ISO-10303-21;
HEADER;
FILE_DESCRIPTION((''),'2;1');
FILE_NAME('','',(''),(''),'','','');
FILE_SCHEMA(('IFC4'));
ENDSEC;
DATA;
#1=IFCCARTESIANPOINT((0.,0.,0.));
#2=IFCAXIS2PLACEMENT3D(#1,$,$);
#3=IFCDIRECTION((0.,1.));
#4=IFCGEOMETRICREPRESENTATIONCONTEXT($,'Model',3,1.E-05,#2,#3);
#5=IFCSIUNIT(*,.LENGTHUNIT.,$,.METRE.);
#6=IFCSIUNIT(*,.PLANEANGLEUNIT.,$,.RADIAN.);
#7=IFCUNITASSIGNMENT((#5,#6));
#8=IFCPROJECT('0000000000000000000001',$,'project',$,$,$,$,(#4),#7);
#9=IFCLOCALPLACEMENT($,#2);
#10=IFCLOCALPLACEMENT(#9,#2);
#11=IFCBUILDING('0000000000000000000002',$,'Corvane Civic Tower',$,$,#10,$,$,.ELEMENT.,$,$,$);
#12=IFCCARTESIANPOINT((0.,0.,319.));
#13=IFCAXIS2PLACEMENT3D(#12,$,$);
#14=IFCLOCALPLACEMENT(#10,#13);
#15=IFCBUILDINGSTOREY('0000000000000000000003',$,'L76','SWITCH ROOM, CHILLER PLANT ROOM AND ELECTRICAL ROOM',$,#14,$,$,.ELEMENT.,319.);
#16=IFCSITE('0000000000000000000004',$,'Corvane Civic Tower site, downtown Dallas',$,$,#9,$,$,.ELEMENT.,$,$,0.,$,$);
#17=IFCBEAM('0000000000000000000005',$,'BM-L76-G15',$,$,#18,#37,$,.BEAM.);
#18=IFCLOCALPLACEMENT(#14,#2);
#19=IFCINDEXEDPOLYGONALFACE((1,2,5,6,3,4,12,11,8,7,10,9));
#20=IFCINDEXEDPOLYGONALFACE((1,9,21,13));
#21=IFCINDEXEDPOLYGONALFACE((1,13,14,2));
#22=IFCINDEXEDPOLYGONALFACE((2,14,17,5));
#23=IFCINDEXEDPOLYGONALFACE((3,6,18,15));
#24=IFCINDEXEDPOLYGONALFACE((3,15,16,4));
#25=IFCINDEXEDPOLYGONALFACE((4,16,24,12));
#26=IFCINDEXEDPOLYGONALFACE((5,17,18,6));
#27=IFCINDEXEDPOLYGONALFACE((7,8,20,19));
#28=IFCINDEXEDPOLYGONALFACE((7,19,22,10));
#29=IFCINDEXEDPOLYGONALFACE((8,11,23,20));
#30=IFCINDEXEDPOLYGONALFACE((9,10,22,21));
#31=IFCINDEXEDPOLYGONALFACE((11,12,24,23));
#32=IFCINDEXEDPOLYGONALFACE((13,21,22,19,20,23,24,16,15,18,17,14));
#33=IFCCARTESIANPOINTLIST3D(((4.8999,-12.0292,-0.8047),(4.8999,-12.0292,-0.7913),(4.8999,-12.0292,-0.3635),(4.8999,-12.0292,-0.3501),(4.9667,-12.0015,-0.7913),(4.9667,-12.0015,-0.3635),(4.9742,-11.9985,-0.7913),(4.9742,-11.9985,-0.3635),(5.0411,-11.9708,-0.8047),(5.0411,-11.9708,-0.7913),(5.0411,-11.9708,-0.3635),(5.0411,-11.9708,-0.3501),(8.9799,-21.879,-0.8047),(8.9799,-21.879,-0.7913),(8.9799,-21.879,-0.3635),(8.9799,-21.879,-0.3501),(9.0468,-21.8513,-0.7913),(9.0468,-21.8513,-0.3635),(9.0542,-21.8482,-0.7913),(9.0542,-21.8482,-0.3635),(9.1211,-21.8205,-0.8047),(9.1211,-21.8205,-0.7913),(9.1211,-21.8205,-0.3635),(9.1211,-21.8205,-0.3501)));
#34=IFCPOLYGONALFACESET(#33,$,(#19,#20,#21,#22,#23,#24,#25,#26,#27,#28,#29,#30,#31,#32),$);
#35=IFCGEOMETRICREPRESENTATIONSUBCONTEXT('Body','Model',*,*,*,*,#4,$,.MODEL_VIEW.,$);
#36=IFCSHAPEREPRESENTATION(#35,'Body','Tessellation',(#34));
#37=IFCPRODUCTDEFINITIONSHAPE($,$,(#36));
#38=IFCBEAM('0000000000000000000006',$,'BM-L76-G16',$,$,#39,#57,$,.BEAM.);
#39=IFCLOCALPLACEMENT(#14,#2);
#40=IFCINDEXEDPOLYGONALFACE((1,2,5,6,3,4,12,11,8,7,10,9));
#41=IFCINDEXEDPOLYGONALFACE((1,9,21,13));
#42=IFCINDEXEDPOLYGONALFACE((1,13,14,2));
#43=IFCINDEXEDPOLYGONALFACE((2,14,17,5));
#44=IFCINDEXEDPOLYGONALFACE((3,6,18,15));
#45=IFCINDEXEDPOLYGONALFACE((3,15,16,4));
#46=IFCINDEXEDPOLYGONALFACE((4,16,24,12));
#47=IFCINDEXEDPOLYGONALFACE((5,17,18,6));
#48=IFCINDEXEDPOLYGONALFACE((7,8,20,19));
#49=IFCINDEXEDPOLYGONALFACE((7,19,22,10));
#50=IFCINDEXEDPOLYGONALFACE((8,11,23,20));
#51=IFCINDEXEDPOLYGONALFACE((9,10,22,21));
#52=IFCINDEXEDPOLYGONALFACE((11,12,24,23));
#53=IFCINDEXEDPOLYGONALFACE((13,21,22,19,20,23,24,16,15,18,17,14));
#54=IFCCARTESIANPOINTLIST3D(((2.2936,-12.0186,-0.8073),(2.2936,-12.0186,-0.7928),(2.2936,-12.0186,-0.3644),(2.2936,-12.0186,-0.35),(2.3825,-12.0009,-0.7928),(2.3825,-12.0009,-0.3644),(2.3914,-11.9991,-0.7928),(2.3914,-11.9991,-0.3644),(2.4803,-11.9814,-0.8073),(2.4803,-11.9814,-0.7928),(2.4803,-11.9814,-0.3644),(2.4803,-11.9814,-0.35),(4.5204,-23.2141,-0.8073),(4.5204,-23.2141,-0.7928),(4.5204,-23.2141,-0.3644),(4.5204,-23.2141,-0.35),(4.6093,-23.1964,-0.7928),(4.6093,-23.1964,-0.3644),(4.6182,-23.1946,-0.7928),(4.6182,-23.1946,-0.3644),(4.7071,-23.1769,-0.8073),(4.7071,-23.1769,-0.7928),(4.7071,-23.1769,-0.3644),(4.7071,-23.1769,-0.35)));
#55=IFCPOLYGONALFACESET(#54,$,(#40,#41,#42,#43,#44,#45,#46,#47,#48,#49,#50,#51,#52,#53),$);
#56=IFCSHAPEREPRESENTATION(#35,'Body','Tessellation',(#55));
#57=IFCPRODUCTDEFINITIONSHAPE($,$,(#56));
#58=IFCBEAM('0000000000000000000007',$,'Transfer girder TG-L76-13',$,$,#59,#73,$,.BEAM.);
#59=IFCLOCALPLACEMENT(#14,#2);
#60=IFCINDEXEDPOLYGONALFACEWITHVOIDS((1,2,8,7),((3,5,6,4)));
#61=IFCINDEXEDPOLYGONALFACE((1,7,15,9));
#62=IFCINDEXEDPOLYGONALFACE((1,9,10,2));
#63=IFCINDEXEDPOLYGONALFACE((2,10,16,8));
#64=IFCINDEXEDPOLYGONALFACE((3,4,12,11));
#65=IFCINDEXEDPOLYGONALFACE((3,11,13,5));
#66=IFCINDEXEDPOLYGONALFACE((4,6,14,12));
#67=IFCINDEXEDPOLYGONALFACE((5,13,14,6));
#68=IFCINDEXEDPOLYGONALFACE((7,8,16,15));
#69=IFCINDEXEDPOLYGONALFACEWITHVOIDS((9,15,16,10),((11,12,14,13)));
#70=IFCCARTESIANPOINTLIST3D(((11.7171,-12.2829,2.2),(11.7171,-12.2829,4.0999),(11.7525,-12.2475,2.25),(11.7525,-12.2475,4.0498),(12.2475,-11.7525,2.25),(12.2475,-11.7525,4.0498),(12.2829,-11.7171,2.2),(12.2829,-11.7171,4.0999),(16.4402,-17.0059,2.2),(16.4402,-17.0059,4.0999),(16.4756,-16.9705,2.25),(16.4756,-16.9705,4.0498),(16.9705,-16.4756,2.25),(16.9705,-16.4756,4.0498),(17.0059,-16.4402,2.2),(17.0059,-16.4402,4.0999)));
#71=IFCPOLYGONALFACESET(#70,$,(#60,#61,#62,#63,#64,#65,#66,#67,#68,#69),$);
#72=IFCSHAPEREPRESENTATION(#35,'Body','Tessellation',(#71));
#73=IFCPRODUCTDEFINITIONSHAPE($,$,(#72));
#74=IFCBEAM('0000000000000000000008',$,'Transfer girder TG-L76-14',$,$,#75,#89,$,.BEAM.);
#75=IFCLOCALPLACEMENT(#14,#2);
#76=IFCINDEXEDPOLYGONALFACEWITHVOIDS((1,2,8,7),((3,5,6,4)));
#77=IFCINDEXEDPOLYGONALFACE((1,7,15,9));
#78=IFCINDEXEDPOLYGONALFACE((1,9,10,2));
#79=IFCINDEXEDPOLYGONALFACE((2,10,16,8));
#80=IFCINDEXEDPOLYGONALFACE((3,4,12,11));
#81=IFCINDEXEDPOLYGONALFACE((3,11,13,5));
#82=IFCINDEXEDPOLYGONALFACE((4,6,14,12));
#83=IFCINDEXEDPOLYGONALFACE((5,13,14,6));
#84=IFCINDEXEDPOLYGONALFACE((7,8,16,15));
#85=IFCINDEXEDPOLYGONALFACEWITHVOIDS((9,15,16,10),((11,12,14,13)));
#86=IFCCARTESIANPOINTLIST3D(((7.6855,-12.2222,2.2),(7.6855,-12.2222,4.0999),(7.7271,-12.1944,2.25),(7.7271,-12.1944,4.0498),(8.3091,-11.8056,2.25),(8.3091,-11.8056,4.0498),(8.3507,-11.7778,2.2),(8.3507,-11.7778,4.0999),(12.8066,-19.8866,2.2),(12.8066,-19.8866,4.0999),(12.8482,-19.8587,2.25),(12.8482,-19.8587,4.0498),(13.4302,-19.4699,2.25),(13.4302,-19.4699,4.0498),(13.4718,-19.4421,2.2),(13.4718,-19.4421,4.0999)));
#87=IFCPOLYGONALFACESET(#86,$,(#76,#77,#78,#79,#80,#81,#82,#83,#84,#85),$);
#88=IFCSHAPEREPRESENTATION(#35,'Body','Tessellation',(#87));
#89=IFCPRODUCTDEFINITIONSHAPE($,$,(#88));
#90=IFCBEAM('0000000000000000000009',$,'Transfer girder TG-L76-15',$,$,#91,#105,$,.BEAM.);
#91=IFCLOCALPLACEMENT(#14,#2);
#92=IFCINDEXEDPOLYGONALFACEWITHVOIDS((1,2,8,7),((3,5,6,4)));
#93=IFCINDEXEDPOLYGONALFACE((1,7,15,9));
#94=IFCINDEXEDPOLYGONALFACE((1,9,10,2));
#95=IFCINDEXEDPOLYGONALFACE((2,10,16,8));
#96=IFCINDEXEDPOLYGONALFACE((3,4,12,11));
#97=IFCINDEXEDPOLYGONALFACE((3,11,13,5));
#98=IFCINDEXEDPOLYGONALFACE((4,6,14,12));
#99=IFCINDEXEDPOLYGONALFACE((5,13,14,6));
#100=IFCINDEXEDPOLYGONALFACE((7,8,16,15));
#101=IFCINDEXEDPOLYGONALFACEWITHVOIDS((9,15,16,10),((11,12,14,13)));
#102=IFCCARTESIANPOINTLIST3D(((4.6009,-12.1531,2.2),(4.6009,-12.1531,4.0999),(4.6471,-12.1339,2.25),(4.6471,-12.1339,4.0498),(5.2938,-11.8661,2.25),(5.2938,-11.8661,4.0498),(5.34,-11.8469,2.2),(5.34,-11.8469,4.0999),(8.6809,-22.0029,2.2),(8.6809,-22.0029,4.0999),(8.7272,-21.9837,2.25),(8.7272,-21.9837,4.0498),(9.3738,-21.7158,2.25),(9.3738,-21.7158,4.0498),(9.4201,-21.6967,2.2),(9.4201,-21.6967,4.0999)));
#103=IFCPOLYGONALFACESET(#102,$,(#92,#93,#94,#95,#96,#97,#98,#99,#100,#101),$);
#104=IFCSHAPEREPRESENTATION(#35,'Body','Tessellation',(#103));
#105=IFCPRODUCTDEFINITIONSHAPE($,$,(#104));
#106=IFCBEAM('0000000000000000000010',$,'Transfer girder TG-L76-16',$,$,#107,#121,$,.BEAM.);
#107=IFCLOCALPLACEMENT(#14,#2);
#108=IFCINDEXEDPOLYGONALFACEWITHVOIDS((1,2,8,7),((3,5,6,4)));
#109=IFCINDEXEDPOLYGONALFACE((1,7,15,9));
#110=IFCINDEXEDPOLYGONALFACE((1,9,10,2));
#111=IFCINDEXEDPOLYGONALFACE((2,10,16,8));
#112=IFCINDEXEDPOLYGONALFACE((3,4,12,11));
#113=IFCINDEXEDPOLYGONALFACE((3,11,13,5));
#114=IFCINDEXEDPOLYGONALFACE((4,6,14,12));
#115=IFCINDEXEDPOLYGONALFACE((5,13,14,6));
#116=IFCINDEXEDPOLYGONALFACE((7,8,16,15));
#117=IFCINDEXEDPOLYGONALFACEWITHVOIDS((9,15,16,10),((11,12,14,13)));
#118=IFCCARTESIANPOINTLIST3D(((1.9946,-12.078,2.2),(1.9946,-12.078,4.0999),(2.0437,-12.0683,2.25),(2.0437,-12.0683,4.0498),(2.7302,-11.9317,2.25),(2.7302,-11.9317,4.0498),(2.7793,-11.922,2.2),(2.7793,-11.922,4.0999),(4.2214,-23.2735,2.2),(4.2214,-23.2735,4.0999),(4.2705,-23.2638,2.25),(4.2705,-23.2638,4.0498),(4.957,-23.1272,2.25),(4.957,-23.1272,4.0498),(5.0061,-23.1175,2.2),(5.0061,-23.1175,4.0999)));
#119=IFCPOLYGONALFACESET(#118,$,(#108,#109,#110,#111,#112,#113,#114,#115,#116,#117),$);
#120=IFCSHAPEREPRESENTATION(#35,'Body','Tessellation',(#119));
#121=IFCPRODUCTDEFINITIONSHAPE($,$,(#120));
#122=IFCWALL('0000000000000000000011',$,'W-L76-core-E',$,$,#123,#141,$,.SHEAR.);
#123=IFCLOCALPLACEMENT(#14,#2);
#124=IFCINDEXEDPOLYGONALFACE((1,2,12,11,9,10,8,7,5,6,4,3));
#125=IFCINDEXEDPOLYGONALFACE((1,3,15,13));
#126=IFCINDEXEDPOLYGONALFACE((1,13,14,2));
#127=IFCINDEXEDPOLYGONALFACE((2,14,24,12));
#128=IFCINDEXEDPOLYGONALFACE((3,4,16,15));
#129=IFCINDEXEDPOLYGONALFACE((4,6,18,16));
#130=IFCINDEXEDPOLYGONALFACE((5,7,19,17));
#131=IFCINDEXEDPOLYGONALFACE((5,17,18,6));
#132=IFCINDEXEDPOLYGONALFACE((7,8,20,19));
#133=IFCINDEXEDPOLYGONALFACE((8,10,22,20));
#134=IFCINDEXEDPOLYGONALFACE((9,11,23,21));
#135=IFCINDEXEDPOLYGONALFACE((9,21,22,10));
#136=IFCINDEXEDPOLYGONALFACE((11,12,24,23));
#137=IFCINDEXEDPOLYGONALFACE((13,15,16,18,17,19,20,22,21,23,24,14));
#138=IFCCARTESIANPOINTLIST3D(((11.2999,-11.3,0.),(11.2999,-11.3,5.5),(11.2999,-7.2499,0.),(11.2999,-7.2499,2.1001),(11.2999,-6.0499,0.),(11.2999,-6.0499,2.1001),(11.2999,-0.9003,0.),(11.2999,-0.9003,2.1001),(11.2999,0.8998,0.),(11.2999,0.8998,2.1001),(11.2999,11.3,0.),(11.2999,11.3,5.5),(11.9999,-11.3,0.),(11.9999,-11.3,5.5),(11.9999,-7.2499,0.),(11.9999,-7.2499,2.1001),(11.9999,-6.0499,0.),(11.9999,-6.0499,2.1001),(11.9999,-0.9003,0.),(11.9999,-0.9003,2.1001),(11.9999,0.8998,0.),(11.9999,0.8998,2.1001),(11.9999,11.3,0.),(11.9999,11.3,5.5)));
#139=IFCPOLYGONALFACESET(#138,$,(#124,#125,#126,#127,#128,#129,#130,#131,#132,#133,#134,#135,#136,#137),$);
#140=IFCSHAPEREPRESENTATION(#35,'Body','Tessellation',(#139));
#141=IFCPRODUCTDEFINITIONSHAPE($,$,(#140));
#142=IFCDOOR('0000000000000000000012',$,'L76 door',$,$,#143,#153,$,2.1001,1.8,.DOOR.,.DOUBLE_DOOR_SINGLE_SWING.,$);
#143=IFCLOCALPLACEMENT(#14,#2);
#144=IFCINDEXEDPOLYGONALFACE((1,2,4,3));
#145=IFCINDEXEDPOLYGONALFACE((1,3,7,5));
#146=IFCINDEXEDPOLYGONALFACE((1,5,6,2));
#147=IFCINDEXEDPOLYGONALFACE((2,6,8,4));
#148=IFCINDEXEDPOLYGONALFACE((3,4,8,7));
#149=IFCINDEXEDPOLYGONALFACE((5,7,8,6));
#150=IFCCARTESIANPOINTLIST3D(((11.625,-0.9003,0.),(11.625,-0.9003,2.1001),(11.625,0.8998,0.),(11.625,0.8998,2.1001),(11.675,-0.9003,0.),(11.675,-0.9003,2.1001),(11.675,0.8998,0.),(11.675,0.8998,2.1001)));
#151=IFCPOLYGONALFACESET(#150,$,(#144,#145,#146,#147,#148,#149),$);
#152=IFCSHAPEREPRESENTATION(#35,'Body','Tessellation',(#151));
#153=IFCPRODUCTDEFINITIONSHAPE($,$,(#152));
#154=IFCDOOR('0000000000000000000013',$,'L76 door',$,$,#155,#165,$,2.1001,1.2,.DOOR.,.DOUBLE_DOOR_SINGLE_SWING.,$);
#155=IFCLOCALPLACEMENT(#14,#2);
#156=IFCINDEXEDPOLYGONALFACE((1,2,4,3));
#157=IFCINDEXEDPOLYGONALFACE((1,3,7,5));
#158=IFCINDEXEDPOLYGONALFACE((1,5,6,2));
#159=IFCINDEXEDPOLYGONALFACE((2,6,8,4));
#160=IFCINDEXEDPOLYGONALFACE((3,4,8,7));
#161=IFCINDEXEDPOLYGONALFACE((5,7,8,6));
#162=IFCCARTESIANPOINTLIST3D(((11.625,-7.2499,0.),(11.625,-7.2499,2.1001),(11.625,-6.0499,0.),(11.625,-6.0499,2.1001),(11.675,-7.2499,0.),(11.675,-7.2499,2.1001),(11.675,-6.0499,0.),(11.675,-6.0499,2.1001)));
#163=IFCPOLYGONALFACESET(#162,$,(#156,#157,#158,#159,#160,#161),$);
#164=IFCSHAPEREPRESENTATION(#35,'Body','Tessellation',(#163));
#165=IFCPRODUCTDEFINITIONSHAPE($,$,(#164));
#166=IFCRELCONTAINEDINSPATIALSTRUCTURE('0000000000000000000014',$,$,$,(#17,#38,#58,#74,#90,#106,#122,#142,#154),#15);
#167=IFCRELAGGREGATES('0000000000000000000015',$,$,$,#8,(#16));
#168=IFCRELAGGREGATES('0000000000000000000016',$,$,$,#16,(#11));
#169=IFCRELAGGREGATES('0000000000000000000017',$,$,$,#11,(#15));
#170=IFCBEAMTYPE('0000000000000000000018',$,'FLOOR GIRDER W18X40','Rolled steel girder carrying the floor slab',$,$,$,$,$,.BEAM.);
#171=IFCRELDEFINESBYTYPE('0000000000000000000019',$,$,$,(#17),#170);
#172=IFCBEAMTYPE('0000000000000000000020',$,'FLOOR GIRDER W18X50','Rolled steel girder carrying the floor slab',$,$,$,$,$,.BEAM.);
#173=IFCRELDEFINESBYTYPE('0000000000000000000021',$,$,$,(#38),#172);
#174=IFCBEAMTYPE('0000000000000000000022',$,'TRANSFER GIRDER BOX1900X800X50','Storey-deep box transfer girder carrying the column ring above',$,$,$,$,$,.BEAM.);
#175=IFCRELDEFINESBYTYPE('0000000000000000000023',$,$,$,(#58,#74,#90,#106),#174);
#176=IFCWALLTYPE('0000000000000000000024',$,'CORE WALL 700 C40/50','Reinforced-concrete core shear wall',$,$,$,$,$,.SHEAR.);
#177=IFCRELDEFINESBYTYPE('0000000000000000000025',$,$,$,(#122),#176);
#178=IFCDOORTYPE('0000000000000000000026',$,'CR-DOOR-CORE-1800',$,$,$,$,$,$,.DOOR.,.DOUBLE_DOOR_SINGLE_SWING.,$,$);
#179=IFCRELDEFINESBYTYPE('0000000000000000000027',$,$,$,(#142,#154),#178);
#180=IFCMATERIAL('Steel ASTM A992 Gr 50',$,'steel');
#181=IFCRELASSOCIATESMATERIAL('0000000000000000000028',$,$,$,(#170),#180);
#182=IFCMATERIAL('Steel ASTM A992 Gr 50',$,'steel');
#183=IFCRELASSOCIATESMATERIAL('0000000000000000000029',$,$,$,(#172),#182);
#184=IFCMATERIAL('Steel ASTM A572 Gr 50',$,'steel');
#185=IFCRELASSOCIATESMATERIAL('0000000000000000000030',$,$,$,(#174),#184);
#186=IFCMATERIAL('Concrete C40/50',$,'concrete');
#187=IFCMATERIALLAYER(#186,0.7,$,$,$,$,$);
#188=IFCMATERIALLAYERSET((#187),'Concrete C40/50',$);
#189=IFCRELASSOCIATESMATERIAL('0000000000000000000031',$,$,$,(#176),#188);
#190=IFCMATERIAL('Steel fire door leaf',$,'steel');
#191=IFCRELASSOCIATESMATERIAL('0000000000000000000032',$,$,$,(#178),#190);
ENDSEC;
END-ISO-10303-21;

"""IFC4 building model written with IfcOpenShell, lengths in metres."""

from ifc_helpers import new_model, si_unit, direction, frame, frame_2d, origin, origin_2d, place, context, subcontext, project, spatial, rectangle, hollow_rectangle, i_section, extrude, material, layer, layer_set, material_profile, profile_set, type_object, element, fill, save


model = new_model("IFC4")

# Units and contexts
model_context = context("Model", 3, precision=1e-05, world=origin(), true_north=direction((0.0, 1.0)))
body_context = subcontext(model_context, "Body", "Model", "MODEL_VIEW")
ifc_project = project(units=[si_unit("LENGTHUNIT", "METRE"), si_unit("PLANEANGLEUNIT", "RADIAN")], contexts=[model_context])

# Site, building, storey
site_placement = place(None, origin())
site = spatial("IfcSite", under=ifc_project, at=site_placement, Name="Corvane Civic Tower site, downtown Dallas", CompositionType="ELEMENT", RefElevation=0.0)
building_placement = place(site_placement, origin())
building = spatial("IfcBuilding", under=site, at=building_placement, Name="Corvane Civic Tower", CompositionType="ELEMENT")
storey_placement = place(building_placement, frame((0.0, 0.0, 319.0)))
storey = spatial("IfcBuildingStorey", under=building, at=storey_placement, Name="L76", Description="SWITCH ROOM, CHILLER PLANT ROOM AND ELECTRICAL ROOM", CompositionType="ELEMENT", Elevation=319.0)

# Beams
ifc_material_1 = material(Name="Steel ASTM A992 Gr 50", Category="steel")
ifc_material_profile_1 = material_profile(ifc_material_1, i_section(OverallWidth=0.1528, OverallDepth=0.4546, WebThickness=0.0081, FlangeThickness=0.0134, at=origin_2d()), Name="W18X40")
ifc_profile_set_1 = profile_set([ifc_material_profile_1], Name="Steel ASTM A992 Gr 50")
beam_type_1 = type_object("IfcBeamType", Name="FLOOR GIRDER W18X40", Description="Rolled steel girder carrying the floor slab", PredefinedType="BEAM", material=ifc_profile_set_1)
beam_1_placement = place(storey_placement, frame((4.9705, -12.0, -0.5774), z_axis=(0.382694, -0.923875, 0.0), x_axis=(0.923875, 0.382694, 0.0)))
element("IfcBeam", 1, at=beam_1_placement, inside=storey, type_object=beam_type_1, Name="BM-L76-G15", PredefinedType="BEAM", context=body_context, shape_type="SweptSolid", body=[
    extrude(i_section(OverallWidth=0.1528, OverallDepth=0.4546, WebThickness=0.0081, FlangeThickness=0.0134, at=origin_2d()), origin(), (0.0, 0.0, 1.0), 10.6614),
])
ifc_material_2 = material(Name="Steel ASTM A992 Gr 50", Category="steel")
ifc_material_profile_2 = material_profile(ifc_material_2, i_section(OverallWidth=0.1904, OverallDepth=0.4573, WebThickness=0.009, FlangeThickness=0.0144, at=origin_2d()), Name="W18X50")
ifc_profile_set_2 = profile_set([ifc_material_profile_2], Name="Steel ASTM A992 Gr 50")
beam_type_2 = type_object("IfcBeamType", Name="FLOOR GIRDER W18X50", Description="Rolled steel girder carrying the floor slab", PredefinedType="BEAM", material=ifc_profile_set_2)
beam_2_placement = place(storey_placement, frame((2.387, -12.0, -0.5786), z_axis=(0.19508, -0.980787, 0.0), x_axis=(0.980787, 0.19508, 0.0)))
element("IfcBeam", 2, at=beam_2_placement, inside=storey, type_object=beam_type_2, Name="BM-L76-G16", PredefinedType="BEAM", context=body_context, shape_type="SweptSolid", body=[
    extrude(i_section(OverallWidth=0.1904, OverallDepth=0.4573, WebThickness=0.009, FlangeThickness=0.0144, at=origin_2d()), origin(), (0.0, 0.0, 1.0), 11.4148),
])
ifc_material_3 = material(Name="Steel ASTM A572 Gr 50", Category="steel")
ifc_material_profile_3 = material_profile(ifc_material_3, hollow_rectangle(XDim=0.8, YDim=1.8999, WallThickness=0.05, at=origin_2d()), Name="BOX1900X800X50")
ifc_profile_set_3 = profile_set([ifc_material_profile_3], Name="Steel ASTM A572 Gr 50")
beam_type_3 = type_object("IfcBeamType", Name="TRANSFER GIRDER BOX1900X800X50", Description="Storey-deep box transfer girder carrying the column ring above", PredefinedType="BEAM", material=ifc_profile_set_3)
beam_3_placement = place(storey_placement, frame((12.0, -12.0, 3.1499), z_axis=(0.707107, -0.707107, 0.0), x_axis=(0.707107, 0.707107, 0.0)))
element("IfcBeam", 3, at=beam_3_placement, inside=storey, type_object=beam_type_3, Name="Transfer girder TG-L76-13", PredefinedType="BEAM", context=body_context, shape_type="SweptSolid", body=[
    extrude(hollow_rectangle(XDim=0.8, YDim=1.8999, WallThickness=0.05, at=origin_2d()), origin(), (0.0, 0.0, 1.0), 6.6794),
])
beam_4_placement = place(storey_placement, frame((8.0181, -12.0, 3.1499), z_axis=(0.555568, -0.831471, 0.0), x_axis=(0.831471, 0.555568, 0.0)))
element("IfcBeam", 4, at=beam_4_placement, inside=storey, type_object=beam_type_3, Name="Transfer girder TG-L76-14", PredefinedType="BEAM", context=body_context, shape_type="SweptSolid", body=[
    extrude(hollow_rectangle(XDim=0.8, YDim=1.8999, WallThickness=0.05, at=origin_2d()), origin(), (0.0, 0.0, 1.0), 9.2178),
])
beam_5_placement = place(storey_placement, frame((4.9705, -12.0, 3.1499), z_axis=(0.382694, -0.923875, 0.0), x_axis=(0.923875, 0.382694, 0.0)))
element("IfcBeam", 5, at=beam_5_placement, inside=storey, type_object=beam_type_3, Name="Transfer girder TG-L76-15", PredefinedType="BEAM", context=body_context, shape_type="SweptSolid", body=[
    extrude(hollow_rectangle(XDim=0.8, YDim=1.8999, WallThickness=0.05, at=origin_2d()), origin(), (0.0, 0.0, 1.0), 10.6614),
])
beam_6_placement = place(storey_placement, frame((2.387, -12.0, 3.1499), z_axis=(0.19508, -0.980787, 0.0), x_axis=(0.980787, 0.19508, 0.0)))
element("IfcBeam", 6, at=beam_6_placement, inside=storey, type_object=beam_type_3, Name="Transfer girder TG-L76-16", PredefinedType="BEAM", context=body_context, shape_type="SweptSolid", body=[
    extrude(hollow_rectangle(XDim=0.8, YDim=1.8999, WallThickness=0.05, at=origin_2d()), origin(), (0.0, 0.0, 1.0), 11.4148),
])

# Wall, openings, doors
ifc_material_4 = material(Name="Concrete C40/50", Category="concrete")
ifc_layer_1 = layer(ifc_material_4, 0.7)
ifc_layer_set_1 = layer_set([ifc_layer_1], Name="Concrete C40/50")
wall_type_1 = type_object("IfcWallType", Name="CORE WALL 700 C40/50", Description="Reinforced-concrete core shear wall", PredefinedType="SHEAR", material=ifc_layer_set_1)
wall_1_placement = place(storey_placement, frame((11.6499, -11.3, 0.0), z_axis=(0.0, 0.0, 1.0), x_axis=(0.0, 1.0, 0.0)))
wall_1 = element("IfcWall", 7, at=wall_1_placement, inside=storey, type_object=wall_type_1, Name="W-L76-core-E", PredefinedType="SHEAR", context=body_context, shape_type="SweptSolid", body=[
    extrude(rectangle(XDim=22.6001, YDim=0.7, at=frame_2d((11.3, 0.0))), origin(), (0.0, 0.0, 1.0), 5.5),
])
opening_1_placement = place(wall_1_placement, frame((10.3999, 0.0, 0.0)))
opening_1 = element("IfcOpeningElement", 8, at=opening_1_placement, cuts=wall_1, PredefinedType="OPENING", context=body_context, shape_type="SweptSolid", body=[
    extrude(rectangle(XDim=1.8, YDim=2.1001, at=frame_2d((0.8999, 1.05))), frame((0.0, 0.3599, 0.0), z_axis=(0.0, -1.0, 0.0), x_axis=(1.0, 0.0, 0.0)), (0.0, 0.0, 1.0), 0.72),
])
opening_2_placement = place(wall_1_placement, frame((4.05, 0.0, 0.0)))
opening_2 = element("IfcOpeningElement", 9, at=opening_2_placement, cuts=wall_1, PredefinedType="OPENING", context=body_context, shape_type="SweptSolid", body=[
    extrude(rectangle(XDim=1.2, YDim=2.1001, at=frame_2d((0.6001, 1.05))), frame((0.0, 0.3599, 0.0), z_axis=(0.0, -1.0, 0.0), x_axis=(1.0, 0.0, 0.0)), (0.0, 0.0, 1.0), 0.72),
])
ifc_material_5 = material(Name="Steel fire door leaf", Category="steel")
door_type = type_object("IfcDoorType", Name="CR-DOOR-CORE-1800", OperationType="DOUBLE_DOOR_SINGLE_SWING", PredefinedType="DOOR", material=ifc_material_5)
door_1_placement = place(opening_1_placement, origin())
door_1 = element("IfcDoor", 10, at=door_1_placement, inside=storey, type_object=door_type, Name="L76 door", OperationType="DOUBLE_DOOR_SINGLE_SWING", OverallHeight=2.1001, OverallWidth=1.8, PredefinedType="DOOR", context=body_context, shape_type="SweptSolid", body=[
    extrude(rectangle(XDim=1.8, YDim=2.1001, at=frame_2d((0.8999, 1.05))), frame((0.0, 0.0249, 0.0), z_axis=(0.0, -1.0, 0.0), x_axis=(1.0, 0.0, 0.0)), (0.0, 0.0, 1.0), 0.05),
])
fill(opening_1, door_1)
door_2_placement = place(opening_2_placement, origin())
door_2 = element("IfcDoor", 11, at=door_2_placement, inside=storey, type_object=door_type, Name="L76 door", OperationType="DOUBLE_DOOR_SINGLE_SWING", OverallHeight=2.1001, OverallWidth=1.2, PredefinedType="DOOR", context=body_context, shape_type="SweptSolid", body=[
    extrude(rectangle(XDim=1.2, YDim=2.1001, at=frame_2d((0.6001, 1.05))), frame((0.0, 0.0249, 0.0), z_axis=(0.0, -1.0, 0.0), x_axis=(1.0, 0.0, 0.0)), (0.0, 0.0, 1.0), 0.05),
])
fill(opening_2, door_2)

save(model, "model.ifc")
